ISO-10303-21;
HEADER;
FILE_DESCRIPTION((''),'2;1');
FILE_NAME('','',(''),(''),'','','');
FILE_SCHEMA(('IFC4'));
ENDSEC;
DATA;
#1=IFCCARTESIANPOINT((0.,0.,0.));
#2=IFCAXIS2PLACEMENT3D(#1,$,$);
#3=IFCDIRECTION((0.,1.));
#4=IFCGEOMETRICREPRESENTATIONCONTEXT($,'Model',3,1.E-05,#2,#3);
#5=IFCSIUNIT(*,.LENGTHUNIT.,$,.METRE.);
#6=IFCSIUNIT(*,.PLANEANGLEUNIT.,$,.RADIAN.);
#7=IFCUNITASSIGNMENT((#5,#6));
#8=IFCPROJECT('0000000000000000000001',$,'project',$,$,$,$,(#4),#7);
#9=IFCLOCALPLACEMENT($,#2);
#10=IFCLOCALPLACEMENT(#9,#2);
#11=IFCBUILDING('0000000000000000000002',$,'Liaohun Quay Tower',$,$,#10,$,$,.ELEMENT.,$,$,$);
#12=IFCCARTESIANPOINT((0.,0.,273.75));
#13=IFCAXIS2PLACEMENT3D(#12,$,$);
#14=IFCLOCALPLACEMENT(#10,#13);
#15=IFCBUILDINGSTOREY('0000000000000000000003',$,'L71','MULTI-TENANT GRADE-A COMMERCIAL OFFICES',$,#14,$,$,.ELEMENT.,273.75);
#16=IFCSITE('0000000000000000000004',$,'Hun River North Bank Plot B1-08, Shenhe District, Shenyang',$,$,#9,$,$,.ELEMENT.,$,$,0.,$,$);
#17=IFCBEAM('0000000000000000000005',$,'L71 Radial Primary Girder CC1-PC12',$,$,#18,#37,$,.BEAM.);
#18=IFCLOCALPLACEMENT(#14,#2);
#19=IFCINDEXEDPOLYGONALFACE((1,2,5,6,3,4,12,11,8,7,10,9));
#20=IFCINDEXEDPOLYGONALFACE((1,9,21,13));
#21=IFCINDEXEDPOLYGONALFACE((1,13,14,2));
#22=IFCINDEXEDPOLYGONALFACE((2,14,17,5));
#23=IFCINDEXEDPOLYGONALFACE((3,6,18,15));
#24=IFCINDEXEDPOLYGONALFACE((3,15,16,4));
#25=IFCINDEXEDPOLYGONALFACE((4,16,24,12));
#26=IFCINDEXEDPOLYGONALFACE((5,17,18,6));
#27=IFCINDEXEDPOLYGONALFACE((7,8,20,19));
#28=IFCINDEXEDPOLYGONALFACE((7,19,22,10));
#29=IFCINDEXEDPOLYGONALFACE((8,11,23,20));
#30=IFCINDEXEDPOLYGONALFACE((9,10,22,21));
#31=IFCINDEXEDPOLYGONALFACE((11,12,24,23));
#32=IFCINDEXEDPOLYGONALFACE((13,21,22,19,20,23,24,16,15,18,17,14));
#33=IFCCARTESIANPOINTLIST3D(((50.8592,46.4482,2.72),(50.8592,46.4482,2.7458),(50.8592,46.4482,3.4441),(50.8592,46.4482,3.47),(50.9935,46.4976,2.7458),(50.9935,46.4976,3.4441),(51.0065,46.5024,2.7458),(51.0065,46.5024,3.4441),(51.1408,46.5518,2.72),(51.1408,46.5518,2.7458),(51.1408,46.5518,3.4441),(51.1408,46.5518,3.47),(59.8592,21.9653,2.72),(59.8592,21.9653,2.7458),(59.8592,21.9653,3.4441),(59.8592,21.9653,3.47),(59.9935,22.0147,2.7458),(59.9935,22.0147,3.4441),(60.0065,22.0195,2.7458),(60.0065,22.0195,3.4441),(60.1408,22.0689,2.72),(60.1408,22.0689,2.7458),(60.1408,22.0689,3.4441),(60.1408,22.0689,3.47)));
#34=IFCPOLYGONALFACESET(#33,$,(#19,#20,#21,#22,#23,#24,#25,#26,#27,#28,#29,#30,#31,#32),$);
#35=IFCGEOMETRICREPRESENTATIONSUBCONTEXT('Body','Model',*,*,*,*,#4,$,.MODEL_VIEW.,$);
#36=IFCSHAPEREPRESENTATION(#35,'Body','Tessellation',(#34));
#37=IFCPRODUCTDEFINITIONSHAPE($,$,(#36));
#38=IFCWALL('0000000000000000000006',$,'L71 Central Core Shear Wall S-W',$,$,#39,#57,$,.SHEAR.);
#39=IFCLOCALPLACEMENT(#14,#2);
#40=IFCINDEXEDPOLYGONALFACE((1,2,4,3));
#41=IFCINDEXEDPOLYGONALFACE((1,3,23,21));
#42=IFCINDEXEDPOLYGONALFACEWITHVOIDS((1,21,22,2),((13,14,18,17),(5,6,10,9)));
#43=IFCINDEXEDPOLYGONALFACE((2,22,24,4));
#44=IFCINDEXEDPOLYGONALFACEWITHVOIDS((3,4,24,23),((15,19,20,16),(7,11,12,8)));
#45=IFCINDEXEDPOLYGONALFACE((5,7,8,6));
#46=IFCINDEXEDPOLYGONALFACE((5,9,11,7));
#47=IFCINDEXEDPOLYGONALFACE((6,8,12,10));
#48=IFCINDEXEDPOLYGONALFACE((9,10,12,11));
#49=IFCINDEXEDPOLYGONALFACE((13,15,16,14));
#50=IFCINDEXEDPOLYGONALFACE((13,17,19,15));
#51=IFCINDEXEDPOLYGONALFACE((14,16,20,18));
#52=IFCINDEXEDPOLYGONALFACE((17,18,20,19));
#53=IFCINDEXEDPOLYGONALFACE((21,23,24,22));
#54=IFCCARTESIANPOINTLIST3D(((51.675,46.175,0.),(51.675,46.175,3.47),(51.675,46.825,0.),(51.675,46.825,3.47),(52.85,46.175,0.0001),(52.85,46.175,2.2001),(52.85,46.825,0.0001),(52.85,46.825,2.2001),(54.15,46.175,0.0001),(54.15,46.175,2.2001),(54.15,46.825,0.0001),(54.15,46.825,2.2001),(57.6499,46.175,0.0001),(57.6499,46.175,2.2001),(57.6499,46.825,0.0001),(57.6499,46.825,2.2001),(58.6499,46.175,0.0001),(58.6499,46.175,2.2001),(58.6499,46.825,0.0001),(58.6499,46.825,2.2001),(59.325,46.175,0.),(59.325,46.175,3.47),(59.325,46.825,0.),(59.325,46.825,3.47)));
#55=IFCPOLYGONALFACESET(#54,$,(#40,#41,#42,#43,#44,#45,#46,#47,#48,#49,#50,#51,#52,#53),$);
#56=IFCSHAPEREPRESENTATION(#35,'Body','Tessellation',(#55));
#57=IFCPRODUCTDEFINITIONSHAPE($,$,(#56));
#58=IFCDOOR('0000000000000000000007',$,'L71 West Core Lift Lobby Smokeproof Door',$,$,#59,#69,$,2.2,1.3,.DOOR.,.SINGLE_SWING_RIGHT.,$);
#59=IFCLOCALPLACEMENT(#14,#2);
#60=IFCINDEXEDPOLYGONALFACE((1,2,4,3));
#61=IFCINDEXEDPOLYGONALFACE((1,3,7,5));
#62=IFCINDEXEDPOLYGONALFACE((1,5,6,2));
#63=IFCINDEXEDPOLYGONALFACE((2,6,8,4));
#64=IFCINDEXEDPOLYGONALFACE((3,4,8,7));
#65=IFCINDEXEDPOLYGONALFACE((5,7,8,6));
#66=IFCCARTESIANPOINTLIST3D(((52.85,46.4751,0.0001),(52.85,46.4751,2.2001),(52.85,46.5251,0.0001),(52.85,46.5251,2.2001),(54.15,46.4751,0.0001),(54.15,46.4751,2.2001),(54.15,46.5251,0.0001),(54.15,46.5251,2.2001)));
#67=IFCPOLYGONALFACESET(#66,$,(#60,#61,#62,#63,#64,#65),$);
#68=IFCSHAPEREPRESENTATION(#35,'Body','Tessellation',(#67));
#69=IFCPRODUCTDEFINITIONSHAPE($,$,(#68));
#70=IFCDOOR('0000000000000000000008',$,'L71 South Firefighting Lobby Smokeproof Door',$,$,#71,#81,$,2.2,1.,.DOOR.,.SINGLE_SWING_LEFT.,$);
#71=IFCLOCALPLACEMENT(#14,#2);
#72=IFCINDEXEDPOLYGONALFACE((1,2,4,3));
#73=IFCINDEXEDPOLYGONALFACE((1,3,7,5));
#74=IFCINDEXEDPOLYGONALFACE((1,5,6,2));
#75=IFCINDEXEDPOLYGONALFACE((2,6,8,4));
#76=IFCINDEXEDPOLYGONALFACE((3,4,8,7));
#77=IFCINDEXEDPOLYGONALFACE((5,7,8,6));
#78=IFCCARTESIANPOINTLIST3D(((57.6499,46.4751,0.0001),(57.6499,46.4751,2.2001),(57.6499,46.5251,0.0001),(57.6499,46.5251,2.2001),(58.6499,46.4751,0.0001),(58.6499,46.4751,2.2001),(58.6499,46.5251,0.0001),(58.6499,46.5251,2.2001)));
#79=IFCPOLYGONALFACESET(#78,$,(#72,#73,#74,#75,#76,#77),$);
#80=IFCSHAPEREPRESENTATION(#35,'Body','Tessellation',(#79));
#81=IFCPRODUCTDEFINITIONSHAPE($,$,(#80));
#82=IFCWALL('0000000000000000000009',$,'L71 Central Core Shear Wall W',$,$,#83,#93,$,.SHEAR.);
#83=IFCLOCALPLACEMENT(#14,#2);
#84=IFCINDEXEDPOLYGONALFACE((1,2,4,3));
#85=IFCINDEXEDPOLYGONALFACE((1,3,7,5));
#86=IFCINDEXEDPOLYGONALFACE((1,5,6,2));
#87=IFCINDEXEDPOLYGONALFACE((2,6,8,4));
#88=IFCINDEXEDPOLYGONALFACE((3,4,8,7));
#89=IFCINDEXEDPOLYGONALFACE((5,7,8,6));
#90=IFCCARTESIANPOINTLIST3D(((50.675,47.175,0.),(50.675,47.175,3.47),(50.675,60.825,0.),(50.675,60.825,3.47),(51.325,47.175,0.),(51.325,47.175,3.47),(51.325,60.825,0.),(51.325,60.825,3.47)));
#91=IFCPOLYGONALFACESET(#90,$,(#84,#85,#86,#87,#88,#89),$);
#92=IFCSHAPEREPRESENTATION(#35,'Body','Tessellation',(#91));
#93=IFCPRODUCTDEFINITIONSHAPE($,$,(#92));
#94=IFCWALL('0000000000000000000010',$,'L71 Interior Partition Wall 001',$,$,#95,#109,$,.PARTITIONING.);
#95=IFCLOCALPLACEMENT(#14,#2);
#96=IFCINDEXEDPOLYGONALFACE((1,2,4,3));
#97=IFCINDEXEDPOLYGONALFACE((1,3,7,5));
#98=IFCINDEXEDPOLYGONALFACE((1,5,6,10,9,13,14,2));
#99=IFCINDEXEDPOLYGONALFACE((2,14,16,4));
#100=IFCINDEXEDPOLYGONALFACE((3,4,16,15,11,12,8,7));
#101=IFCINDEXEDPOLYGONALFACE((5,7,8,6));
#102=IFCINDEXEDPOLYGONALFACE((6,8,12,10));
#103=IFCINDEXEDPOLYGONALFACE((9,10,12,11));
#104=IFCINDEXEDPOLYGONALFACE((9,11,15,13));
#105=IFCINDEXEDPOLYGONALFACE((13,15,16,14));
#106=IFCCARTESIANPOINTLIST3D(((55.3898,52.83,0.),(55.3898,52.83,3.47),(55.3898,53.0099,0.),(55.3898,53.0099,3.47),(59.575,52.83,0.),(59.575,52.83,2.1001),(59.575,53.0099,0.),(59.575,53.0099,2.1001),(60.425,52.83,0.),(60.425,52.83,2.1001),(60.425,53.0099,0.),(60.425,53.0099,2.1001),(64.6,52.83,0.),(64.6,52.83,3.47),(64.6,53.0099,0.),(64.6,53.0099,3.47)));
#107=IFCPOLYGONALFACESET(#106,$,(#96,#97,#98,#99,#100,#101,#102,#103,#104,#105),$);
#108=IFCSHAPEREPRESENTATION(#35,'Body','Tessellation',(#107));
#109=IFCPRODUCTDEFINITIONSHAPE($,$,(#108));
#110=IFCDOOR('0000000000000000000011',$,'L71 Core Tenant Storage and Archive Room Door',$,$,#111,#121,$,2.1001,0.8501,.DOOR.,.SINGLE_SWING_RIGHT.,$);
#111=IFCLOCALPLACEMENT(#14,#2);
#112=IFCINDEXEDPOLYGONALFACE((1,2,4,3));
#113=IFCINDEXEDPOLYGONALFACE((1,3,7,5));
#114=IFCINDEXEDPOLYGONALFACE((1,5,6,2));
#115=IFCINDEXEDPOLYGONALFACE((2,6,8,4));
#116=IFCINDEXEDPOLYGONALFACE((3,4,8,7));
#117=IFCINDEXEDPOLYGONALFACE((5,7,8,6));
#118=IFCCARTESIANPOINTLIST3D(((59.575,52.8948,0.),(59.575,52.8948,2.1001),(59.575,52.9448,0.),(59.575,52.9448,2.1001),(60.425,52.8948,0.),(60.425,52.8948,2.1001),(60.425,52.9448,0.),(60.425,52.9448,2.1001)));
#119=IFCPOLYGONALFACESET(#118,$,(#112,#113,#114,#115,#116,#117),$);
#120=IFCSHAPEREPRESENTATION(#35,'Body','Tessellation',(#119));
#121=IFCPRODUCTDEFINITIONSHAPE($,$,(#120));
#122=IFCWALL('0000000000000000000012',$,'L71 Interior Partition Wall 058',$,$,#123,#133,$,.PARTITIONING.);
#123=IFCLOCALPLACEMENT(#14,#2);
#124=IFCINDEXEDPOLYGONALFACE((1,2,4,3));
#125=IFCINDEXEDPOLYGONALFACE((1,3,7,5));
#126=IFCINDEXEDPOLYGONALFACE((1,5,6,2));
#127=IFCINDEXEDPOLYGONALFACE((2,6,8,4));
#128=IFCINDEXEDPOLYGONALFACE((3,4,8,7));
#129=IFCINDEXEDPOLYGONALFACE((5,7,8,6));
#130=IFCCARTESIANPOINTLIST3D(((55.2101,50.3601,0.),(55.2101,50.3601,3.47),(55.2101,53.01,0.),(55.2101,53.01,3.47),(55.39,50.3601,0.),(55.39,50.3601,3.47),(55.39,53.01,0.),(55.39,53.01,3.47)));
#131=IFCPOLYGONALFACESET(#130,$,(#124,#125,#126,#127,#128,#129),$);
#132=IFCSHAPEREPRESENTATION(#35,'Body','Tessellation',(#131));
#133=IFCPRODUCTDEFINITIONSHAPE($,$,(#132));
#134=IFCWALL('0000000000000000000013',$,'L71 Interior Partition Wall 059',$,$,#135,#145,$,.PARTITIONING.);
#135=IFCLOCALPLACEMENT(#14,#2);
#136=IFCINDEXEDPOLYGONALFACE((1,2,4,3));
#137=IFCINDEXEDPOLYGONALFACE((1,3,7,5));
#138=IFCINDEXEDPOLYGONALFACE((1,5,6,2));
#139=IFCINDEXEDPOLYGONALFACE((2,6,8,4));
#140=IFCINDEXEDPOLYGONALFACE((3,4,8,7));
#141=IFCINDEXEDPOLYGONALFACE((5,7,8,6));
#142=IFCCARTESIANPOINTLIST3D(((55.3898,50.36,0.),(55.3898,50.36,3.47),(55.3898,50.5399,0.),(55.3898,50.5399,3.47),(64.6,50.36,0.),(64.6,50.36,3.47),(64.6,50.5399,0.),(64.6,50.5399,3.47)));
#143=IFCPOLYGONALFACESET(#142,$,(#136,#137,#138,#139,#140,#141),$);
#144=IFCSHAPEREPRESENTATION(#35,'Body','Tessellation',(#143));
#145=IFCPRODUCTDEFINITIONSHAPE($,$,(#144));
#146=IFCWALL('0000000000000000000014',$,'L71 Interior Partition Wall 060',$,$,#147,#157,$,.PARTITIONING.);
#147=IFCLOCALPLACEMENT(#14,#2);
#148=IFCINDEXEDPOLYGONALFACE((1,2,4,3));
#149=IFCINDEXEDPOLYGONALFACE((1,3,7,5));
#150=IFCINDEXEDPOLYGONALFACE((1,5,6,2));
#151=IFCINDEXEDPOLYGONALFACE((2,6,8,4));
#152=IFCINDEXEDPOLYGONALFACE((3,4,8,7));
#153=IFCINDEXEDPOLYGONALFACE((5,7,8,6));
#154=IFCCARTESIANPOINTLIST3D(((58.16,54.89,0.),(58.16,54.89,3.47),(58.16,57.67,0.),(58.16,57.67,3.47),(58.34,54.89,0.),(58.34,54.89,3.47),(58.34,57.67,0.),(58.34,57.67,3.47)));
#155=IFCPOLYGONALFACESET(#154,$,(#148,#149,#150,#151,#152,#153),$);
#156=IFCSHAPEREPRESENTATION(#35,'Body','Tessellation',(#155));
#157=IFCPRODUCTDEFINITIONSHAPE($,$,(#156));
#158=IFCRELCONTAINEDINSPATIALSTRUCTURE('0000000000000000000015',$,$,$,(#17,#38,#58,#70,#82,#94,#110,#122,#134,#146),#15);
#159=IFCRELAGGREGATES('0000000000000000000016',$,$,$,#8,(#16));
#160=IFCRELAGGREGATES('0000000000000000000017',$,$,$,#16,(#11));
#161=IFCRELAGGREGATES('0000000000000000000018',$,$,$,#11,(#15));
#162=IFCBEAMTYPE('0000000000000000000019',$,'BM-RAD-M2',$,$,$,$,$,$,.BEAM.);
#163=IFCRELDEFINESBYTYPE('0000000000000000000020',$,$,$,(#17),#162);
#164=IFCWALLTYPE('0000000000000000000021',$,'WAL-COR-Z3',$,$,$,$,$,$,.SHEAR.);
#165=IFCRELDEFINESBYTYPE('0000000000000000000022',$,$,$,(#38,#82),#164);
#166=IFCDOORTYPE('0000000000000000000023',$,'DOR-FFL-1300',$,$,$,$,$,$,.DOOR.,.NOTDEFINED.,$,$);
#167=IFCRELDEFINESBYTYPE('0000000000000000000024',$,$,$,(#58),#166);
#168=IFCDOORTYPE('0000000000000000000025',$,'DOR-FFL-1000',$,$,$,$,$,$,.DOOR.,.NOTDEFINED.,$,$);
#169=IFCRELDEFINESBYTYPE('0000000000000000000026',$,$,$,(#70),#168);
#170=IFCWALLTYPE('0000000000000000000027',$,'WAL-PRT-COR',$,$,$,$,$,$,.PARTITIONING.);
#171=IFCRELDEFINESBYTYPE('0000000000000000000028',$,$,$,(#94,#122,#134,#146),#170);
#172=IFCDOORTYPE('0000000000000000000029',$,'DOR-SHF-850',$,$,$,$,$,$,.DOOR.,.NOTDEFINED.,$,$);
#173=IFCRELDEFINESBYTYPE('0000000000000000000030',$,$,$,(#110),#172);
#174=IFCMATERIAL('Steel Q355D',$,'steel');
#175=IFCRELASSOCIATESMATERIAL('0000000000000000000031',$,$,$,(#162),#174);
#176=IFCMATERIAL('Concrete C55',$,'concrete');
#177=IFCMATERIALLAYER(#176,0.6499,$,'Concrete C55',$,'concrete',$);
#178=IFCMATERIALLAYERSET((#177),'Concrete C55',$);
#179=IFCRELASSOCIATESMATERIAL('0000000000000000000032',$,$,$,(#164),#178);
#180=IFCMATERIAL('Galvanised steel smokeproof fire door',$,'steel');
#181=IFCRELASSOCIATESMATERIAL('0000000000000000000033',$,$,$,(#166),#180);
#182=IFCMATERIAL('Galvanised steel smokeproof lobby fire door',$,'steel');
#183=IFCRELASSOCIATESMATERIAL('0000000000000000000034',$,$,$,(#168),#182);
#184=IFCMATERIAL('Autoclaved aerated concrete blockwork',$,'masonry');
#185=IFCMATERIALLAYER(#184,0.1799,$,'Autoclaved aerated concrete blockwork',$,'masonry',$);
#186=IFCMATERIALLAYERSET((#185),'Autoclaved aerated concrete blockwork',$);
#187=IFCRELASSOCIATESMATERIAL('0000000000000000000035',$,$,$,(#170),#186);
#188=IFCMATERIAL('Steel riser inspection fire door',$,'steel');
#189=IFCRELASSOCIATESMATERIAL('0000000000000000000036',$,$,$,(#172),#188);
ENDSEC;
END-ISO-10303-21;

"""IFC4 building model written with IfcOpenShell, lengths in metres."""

from ifc_helpers import new_model, si_unit, direction, frame, frame_2d, origin, origin_2d, place, context, subcontext, project, spatial, rectangle, i_section, extrude, source, transform, mapped, material, layer, layer_set, material_profile, profile_set, type_object, element, fill, save


model = new_model("IFC4")

# Units and contexts
model_context = context("Model", 3, precision=1e-05, world=origin(), true_north=direction((0.0, 1.0)))
body_context = subcontext(model_context, "Body", "Model", "MODEL_VIEW")
ifc_project = project(units=[si_unit("LENGTHUNIT", "METRE"), si_unit("PLANEANGLEUNIT", "RADIAN")], contexts=[model_context])

# Site, building, storey
site_placement = place(None, origin())
site = spatial("IfcSite", under=ifc_project, at=site_placement, Name="Hun River North Bank Plot B1-08, Shenhe District, Shenyang", CompositionType="ELEMENT", RefElevation=0.0)
building_placement = place(site_placement, origin())
building = spatial("IfcBuilding", under=site, at=building_placement, Name="Liaohun Quay Tower", CompositionType="ELEMENT")
storey_placement = place(building_placement, frame((0.0, 0.0, 273.75)))
storey = spatial("IfcBuildingStorey", under=building, at=storey_placement, Name="L71", Description="MULTI-TENANT GRADE-A COMMERCIAL OFFICES", CompositionType="ELEMENT", Elevation=273.75)

# Beam
ifc_material_1 = material(Name="Steel Q355D", Category="steel")
ifc_material_profile = material_profile(ifc_material_1, i_section(OverallWidth=0.3, OverallDepth=0.75, WebThickness=0.0139, FlangeThickness=0.0259, at=origin_2d()), Name="HN750x300x14x26")
ifc_profile_set = profile_set([ifc_material_profile], Name="Steel Q355D")
beam_type = type_object("IfcBeamType", Name="BM-RAD-M2", PredefinedType="BEAM", material=ifc_profile_set)
shared_shape_1 = source(origin(), body_context, "Body", "SweptSolid", [
    extrude(i_section(OverallWidth=0.3, OverallDepth=0.75, WebThickness=0.0139, FlangeThickness=0.0259, at=origin_2d()), origin(), (0.0, 0.0, 1.0), 26.0847),
])
beam_placement = place(storey_placement, frame((51.0, 46.5, 3.095), z_axis=(0.34503, -0.938592, 0.0), x_axis=(0.938592, 0.34503, 0.0)))
element("IfcBeam", 1, at=beam_placement, inside=storey, type_object=beam_type, Name="L71 Radial Primary Girder CC1-PC12", PredefinedType="BEAM", context=body_context, shape_type="MappedRepresentation", body=[
    mapped(shared_shape_1, transform((0.0, 0.0, 0.0), x_axis=(1.0, 0.0, 0.0), y_axis=(0.0, 1.0, 0.0), z_axis=(0.0, 0.0, 1.0), scale=1.0)),
])

# Wall, openings, doors
ifc_material_2 = material(Name="Concrete C55", Category="concrete")
ifc_layer_1 = layer(ifc_material_2, 0.6499, Name="Concrete C55", Category="concrete")
ifc_layer_set_1 = layer_set([ifc_layer_1], Name="Concrete C55")
wall_type_1 = type_object("IfcWallType", Name="WAL-COR-Z3", PredefinedType="SHEAR", material=ifc_layer_set_1)
wall_1_placement = place(storey_placement, frame((59.325, 46.5, 0.0), z_axis=(0.0, 0.0, 1.0), x_axis=(-1.0, 0.0, 0.0)))
wall_1 = element("IfcWall", 2, at=wall_1_placement, inside=storey, type_object=wall_type_1, Name="L71 Central Core Shear Wall S-W", PredefinedType="SHEAR", context=body_context, shape_type="SweptSolid", body=[
    extrude(rectangle(XDim=7.6499, YDim=0.6499, at=frame_2d((3.825, 0.0))), origin(), (0.0, 0.0, 1.0), 3.47),
])
shared_shape_2 = source(origin(), body_context, "Body", "SweptSolid", [
    extrude(rectangle(XDim=1.3, YDim=2.2, at=frame_2d((0.6499, 1.1001))), frame((0.0, 0.335, 0.0), z_axis=(0.0, -1.0, 0.0), x_axis=(1.0, 0.0, 0.0)), (0.0, 0.0, 1.0), 0.6699),
])
opening_1_placement = place(wall_1_placement, frame((5.175, 0.0, 0.0)))
opening_1 = element("IfcOpeningElement", 3, at=opening_1_placement, cuts=wall_1, PredefinedType="OPENING", context=body_context, shape_type="MappedRepresentation", body=[
    mapped(shared_shape_2, transform((0.0, 0.0, 0.0), x_axis=(1.0, 0.0, 0.0), y_axis=(0.0, 1.0, 0.0), z_axis=(0.0, 0.0, 1.0), scale=1.0)),
])
shared_shape_3 = source(origin(), body_context, "Body", "SweptSolid", [
    extrude(rectangle(XDim=1.0, YDim=2.2, at=frame_2d((0.5, 1.1001))), frame((0.0, 0.335, 0.0), z_axis=(0.0, -1.0, 0.0), x_axis=(1.0, 0.0, 0.0)), (0.0, 0.0, 1.0), 0.6699),
])
opening_2_placement = place(wall_1_placement, frame((0.675, 0.0, 0.0)))
opening_2 = element("IfcOpeningElement", 4, at=opening_2_placement, cuts=wall_1, PredefinedType="OPENING", context=body_context, shape_type="MappedRepresentation", body=[
    mapped(shared_shape_3, transform((0.0, 0.0, 0.0), x_axis=(1.0, 0.0, 0.0), y_axis=(0.0, 1.0, 0.0), z_axis=(0.0, 0.0, 1.0), scale=1.0)),
])
ifc_material_3 = material(Name="Galvanised steel smokeproof fire door", Category="steel")
door_type_1 = type_object("IfcDoorType", Name="DOR-FFL-1300", OperationType="NOTDEFINED", PredefinedType="DOOR", material=ifc_material_3)
shared_shape_4 = source(origin(), body_context, "Body", "SweptSolid", [
    extrude(rectangle(XDim=1.3, YDim=2.2, at=frame_2d((0.6499, 1.1001))), frame((0.0, 0.0249, 0.0), z_axis=(0.0, -1.0, 0.0), x_axis=(1.0, 0.0, 0.0)), (0.0, 0.0, 1.0), 0.05),
])
door_1_placement = place(opening_1_placement, origin())
door_1 = element("IfcDoor", 5, at=door_1_placement, inside=storey, type_object=door_type_1, Name="L71 West Core Lift Lobby Smokeproof Door", OperationType="SINGLE_SWING_RIGHT", OverallHeight=2.2, OverallWidth=1.3, PredefinedType="DOOR", context=body_context, shape_type="MappedRepresentation", body=[
    mapped(shared_shape_4, transform((0.0, 0.0, 0.0), x_axis=(1.0, 0.0, 0.0), y_axis=(0.0, 1.0, 0.0), z_axis=(0.0, 0.0, 1.0), scale=1.0)),
])
fill(opening_1, door_1)
ifc_material_4 = material(Name="Galvanised steel smokeproof lobby fire door", Category="steel")
door_type_2 = type_object("IfcDoorType", Name="DOR-FFL-1000", OperationType="NOTDEFINED", PredefinedType="DOOR", material=ifc_material_4)
shared_shape_5 = source(origin(), body_context, "Body", "SweptSolid", [
    extrude(rectangle(XDim=1.0, YDim=2.2, at=frame_2d((0.5, 1.1001))), frame((0.0, 0.0249, 0.0), z_axis=(0.0, -1.0, 0.0), x_axis=(1.0, 0.0, 0.0)), (0.0, 0.0, 1.0), 0.05),
])
door_2_placement = place(opening_2_placement, origin())
door_2 = element("IfcDoor", 6, at=door_2_placement, inside=storey, type_object=door_type_2, Name="L71 South Firefighting Lobby Smokeproof Door", OperationType="SINGLE_SWING_LEFT", OverallHeight=2.2, OverallWidth=1.0, PredefinedType="DOOR", context=body_context, shape_type="MappedRepresentation", body=[
    mapped(shared_shape_5, transform((0.0, 0.0, 0.0), x_axis=(1.0, 0.0, 0.0), y_axis=(0.0, 1.0, 0.0), z_axis=(0.0, 0.0, 1.0), scale=1.0)),
])
fill(opening_2, door_2)

# Wall
wall_2_placement = place(storey_placement, frame((51.0, 47.175, 0.0), z_axis=(0.0, 0.0, 1.0), x_axis=(0.0, 1.0, 0.0)))
element("IfcWall", 7, at=wall_2_placement, inside=storey, type_object=wall_type_1, Name="L71 Central Core Shear Wall W", PredefinedType="SHEAR", context=body_context, shape_type="SweptSolid", body=[
    extrude(rectangle(XDim=13.6499, YDim=0.6499, at=frame_2d((6.825, 0.0))), origin(), (0.0, 0.0, 1.0), 3.47),
])

# Wall, opening, door
ifc_material_5 = material(Name="Autoclaved aerated concrete blockwork", Category="masonry")
ifc_layer_2 = layer(ifc_material_5, 0.1799, Name="Autoclaved aerated concrete blockwork", Category="masonry")
ifc_layer_set_2 = layer_set([ifc_layer_2], Name="Autoclaved aerated concrete blockwork")
wall_type_2 = type_object("IfcWallType", Name="WAL-PRT-COR", PredefinedType="PARTITIONING", material=ifc_layer_set_2)
wall_3_placement = place(storey_placement, frame((55.3899, 52.9199, 0.0), z_axis=(0.0, 0.0, 1.0), x_axis=(1.0, 0.0, 0.0)))
wall_3 = element("IfcWall", 8, at=wall_3_placement, inside=storey, type_object=wall_type_2, Name="L71 Interior Partition Wall 001", PredefinedType="PARTITIONING", context=body_context, shape_type="SweptSolid", body=[
    extrude(rectangle(XDim=9.2102, YDim=0.1799, at=frame_2d((4.605, 0.0))), origin(), (0.0, 0.0, 1.0), 3.47),
])
shared_shape_6 = source(origin(), body_context, "Body", "SweptSolid", [
    extrude(rectangle(XDim=0.8501, YDim=2.1001, at=frame_2d((0.425, 1.05))), frame((0.0, 0.0999, 0.0), z_axis=(0.0, -1.0, 0.0), x_axis=(1.0, 0.0, 0.0)), (0.0, 0.0, 1.0), 0.2),
])
opening_3_placement = place(wall_3_placement, frame((4.1851, 0.0, 0.0)))
opening_3 = element("IfcOpeningElement", 9, at=opening_3_placement, cuts=wall_3, PredefinedType="OPENING", context=body_context, shape_type="MappedRepresentation", body=[
    mapped(shared_shape_6, transform((0.0, 0.0, 0.0), x_axis=(1.0, 0.0, 0.0), y_axis=(0.0, 1.0, 0.0), z_axis=(0.0, 0.0, 1.0), scale=1.0)),
])
ifc_material_6 = material(Name="Steel riser inspection fire door", Category="steel")
door_type_3 = type_object("IfcDoorType", Name="DOR-SHF-850", OperationType="NOTDEFINED", PredefinedType="DOOR", material=ifc_material_6)
shared_shape_7 = source(origin(), body_context, "Body", "SweptSolid", [
    extrude(rectangle(XDim=0.8501, YDim=2.1001, at=frame_2d((0.425, 1.05))), frame((0.0, 0.0249, 0.0), z_axis=(0.0, -1.0, 0.0), x_axis=(1.0, 0.0, 0.0)), (0.0, 0.0, 1.0), 0.05),
])
door_3_placement = place(opening_3_placement, origin())
door_3 = element("IfcDoor", 10, at=door_3_placement, inside=storey, type_object=door_type_3, Name="L71 Core Tenant Storage and Archive Room Door", OperationType="SINGLE_SWING_RIGHT", OverallHeight=2.1001, OverallWidth=0.8501, PredefinedType="DOOR", context=body_context, shape_type="MappedRepresentation", body=[
    mapped(shared_shape_7, transform((0.0, 0.0, 0.0), x_axis=(1.0, 0.0, 0.0), y_axis=(0.0, 1.0, 0.0), z_axis=(0.0, 0.0, 1.0), scale=1.0)),
])
fill(opening_3, door_3)

# Walls
wall_4_placement = place(storey_placement, frame((55.3, 50.3601, 0.0), z_axis=(0.0, 0.0, 1.0), x_axis=(0.0, 1.0, 0.0)))
element("IfcWall", 11, at=wall_4_placement, inside=storey, type_object=wall_type_2, Name="L71 Interior Partition Wall 058", PredefinedType="PARTITIONING", context=body_context, shape_type="SweptSolid", body=[
    extrude(rectangle(XDim=2.6499, YDim=0.1799, at=frame_2d((1.325, 0.0))), origin(), (0.0, 0.0, 1.0), 3.47),
])
wall_5_placement = place(storey_placement, frame((55.3899, 50.45, 0.0), z_axis=(0.0, 0.0, 1.0), x_axis=(1.0, 0.0, 0.0)))
element("IfcWall", 12, at=wall_5_placement, inside=storey, type_object=wall_type_2, Name="L71 Interior Partition Wall 059", PredefinedType="PARTITIONING", context=body_context, shape_type="SweptSolid", body=[
    extrude(rectangle(XDim=9.2102, YDim=0.1799, at=frame_2d((4.605, 0.0))), origin(), (0.0, 0.0, 1.0), 3.47),
])
wall_6_placement = place(storey_placement, frame((58.25, 54.8899, 0.0), z_axis=(0.0, 0.0, 1.0), x_axis=(0.0, 1.0, 0.0)))
element("IfcWall", 13, at=wall_6_placement, inside=storey, type_object=wall_type_2, Name="L71 Interior Partition Wall 060", PredefinedType="PARTITIONING", context=body_context, shape_type="SweptSolid", body=[
    extrude(rectangle(XDim=2.78, YDim=0.1799, at=frame_2d((1.3901, 0.0))), origin(), (0.0, 0.0, 1.0), 3.47),
])

save(model, "model.ifc")
